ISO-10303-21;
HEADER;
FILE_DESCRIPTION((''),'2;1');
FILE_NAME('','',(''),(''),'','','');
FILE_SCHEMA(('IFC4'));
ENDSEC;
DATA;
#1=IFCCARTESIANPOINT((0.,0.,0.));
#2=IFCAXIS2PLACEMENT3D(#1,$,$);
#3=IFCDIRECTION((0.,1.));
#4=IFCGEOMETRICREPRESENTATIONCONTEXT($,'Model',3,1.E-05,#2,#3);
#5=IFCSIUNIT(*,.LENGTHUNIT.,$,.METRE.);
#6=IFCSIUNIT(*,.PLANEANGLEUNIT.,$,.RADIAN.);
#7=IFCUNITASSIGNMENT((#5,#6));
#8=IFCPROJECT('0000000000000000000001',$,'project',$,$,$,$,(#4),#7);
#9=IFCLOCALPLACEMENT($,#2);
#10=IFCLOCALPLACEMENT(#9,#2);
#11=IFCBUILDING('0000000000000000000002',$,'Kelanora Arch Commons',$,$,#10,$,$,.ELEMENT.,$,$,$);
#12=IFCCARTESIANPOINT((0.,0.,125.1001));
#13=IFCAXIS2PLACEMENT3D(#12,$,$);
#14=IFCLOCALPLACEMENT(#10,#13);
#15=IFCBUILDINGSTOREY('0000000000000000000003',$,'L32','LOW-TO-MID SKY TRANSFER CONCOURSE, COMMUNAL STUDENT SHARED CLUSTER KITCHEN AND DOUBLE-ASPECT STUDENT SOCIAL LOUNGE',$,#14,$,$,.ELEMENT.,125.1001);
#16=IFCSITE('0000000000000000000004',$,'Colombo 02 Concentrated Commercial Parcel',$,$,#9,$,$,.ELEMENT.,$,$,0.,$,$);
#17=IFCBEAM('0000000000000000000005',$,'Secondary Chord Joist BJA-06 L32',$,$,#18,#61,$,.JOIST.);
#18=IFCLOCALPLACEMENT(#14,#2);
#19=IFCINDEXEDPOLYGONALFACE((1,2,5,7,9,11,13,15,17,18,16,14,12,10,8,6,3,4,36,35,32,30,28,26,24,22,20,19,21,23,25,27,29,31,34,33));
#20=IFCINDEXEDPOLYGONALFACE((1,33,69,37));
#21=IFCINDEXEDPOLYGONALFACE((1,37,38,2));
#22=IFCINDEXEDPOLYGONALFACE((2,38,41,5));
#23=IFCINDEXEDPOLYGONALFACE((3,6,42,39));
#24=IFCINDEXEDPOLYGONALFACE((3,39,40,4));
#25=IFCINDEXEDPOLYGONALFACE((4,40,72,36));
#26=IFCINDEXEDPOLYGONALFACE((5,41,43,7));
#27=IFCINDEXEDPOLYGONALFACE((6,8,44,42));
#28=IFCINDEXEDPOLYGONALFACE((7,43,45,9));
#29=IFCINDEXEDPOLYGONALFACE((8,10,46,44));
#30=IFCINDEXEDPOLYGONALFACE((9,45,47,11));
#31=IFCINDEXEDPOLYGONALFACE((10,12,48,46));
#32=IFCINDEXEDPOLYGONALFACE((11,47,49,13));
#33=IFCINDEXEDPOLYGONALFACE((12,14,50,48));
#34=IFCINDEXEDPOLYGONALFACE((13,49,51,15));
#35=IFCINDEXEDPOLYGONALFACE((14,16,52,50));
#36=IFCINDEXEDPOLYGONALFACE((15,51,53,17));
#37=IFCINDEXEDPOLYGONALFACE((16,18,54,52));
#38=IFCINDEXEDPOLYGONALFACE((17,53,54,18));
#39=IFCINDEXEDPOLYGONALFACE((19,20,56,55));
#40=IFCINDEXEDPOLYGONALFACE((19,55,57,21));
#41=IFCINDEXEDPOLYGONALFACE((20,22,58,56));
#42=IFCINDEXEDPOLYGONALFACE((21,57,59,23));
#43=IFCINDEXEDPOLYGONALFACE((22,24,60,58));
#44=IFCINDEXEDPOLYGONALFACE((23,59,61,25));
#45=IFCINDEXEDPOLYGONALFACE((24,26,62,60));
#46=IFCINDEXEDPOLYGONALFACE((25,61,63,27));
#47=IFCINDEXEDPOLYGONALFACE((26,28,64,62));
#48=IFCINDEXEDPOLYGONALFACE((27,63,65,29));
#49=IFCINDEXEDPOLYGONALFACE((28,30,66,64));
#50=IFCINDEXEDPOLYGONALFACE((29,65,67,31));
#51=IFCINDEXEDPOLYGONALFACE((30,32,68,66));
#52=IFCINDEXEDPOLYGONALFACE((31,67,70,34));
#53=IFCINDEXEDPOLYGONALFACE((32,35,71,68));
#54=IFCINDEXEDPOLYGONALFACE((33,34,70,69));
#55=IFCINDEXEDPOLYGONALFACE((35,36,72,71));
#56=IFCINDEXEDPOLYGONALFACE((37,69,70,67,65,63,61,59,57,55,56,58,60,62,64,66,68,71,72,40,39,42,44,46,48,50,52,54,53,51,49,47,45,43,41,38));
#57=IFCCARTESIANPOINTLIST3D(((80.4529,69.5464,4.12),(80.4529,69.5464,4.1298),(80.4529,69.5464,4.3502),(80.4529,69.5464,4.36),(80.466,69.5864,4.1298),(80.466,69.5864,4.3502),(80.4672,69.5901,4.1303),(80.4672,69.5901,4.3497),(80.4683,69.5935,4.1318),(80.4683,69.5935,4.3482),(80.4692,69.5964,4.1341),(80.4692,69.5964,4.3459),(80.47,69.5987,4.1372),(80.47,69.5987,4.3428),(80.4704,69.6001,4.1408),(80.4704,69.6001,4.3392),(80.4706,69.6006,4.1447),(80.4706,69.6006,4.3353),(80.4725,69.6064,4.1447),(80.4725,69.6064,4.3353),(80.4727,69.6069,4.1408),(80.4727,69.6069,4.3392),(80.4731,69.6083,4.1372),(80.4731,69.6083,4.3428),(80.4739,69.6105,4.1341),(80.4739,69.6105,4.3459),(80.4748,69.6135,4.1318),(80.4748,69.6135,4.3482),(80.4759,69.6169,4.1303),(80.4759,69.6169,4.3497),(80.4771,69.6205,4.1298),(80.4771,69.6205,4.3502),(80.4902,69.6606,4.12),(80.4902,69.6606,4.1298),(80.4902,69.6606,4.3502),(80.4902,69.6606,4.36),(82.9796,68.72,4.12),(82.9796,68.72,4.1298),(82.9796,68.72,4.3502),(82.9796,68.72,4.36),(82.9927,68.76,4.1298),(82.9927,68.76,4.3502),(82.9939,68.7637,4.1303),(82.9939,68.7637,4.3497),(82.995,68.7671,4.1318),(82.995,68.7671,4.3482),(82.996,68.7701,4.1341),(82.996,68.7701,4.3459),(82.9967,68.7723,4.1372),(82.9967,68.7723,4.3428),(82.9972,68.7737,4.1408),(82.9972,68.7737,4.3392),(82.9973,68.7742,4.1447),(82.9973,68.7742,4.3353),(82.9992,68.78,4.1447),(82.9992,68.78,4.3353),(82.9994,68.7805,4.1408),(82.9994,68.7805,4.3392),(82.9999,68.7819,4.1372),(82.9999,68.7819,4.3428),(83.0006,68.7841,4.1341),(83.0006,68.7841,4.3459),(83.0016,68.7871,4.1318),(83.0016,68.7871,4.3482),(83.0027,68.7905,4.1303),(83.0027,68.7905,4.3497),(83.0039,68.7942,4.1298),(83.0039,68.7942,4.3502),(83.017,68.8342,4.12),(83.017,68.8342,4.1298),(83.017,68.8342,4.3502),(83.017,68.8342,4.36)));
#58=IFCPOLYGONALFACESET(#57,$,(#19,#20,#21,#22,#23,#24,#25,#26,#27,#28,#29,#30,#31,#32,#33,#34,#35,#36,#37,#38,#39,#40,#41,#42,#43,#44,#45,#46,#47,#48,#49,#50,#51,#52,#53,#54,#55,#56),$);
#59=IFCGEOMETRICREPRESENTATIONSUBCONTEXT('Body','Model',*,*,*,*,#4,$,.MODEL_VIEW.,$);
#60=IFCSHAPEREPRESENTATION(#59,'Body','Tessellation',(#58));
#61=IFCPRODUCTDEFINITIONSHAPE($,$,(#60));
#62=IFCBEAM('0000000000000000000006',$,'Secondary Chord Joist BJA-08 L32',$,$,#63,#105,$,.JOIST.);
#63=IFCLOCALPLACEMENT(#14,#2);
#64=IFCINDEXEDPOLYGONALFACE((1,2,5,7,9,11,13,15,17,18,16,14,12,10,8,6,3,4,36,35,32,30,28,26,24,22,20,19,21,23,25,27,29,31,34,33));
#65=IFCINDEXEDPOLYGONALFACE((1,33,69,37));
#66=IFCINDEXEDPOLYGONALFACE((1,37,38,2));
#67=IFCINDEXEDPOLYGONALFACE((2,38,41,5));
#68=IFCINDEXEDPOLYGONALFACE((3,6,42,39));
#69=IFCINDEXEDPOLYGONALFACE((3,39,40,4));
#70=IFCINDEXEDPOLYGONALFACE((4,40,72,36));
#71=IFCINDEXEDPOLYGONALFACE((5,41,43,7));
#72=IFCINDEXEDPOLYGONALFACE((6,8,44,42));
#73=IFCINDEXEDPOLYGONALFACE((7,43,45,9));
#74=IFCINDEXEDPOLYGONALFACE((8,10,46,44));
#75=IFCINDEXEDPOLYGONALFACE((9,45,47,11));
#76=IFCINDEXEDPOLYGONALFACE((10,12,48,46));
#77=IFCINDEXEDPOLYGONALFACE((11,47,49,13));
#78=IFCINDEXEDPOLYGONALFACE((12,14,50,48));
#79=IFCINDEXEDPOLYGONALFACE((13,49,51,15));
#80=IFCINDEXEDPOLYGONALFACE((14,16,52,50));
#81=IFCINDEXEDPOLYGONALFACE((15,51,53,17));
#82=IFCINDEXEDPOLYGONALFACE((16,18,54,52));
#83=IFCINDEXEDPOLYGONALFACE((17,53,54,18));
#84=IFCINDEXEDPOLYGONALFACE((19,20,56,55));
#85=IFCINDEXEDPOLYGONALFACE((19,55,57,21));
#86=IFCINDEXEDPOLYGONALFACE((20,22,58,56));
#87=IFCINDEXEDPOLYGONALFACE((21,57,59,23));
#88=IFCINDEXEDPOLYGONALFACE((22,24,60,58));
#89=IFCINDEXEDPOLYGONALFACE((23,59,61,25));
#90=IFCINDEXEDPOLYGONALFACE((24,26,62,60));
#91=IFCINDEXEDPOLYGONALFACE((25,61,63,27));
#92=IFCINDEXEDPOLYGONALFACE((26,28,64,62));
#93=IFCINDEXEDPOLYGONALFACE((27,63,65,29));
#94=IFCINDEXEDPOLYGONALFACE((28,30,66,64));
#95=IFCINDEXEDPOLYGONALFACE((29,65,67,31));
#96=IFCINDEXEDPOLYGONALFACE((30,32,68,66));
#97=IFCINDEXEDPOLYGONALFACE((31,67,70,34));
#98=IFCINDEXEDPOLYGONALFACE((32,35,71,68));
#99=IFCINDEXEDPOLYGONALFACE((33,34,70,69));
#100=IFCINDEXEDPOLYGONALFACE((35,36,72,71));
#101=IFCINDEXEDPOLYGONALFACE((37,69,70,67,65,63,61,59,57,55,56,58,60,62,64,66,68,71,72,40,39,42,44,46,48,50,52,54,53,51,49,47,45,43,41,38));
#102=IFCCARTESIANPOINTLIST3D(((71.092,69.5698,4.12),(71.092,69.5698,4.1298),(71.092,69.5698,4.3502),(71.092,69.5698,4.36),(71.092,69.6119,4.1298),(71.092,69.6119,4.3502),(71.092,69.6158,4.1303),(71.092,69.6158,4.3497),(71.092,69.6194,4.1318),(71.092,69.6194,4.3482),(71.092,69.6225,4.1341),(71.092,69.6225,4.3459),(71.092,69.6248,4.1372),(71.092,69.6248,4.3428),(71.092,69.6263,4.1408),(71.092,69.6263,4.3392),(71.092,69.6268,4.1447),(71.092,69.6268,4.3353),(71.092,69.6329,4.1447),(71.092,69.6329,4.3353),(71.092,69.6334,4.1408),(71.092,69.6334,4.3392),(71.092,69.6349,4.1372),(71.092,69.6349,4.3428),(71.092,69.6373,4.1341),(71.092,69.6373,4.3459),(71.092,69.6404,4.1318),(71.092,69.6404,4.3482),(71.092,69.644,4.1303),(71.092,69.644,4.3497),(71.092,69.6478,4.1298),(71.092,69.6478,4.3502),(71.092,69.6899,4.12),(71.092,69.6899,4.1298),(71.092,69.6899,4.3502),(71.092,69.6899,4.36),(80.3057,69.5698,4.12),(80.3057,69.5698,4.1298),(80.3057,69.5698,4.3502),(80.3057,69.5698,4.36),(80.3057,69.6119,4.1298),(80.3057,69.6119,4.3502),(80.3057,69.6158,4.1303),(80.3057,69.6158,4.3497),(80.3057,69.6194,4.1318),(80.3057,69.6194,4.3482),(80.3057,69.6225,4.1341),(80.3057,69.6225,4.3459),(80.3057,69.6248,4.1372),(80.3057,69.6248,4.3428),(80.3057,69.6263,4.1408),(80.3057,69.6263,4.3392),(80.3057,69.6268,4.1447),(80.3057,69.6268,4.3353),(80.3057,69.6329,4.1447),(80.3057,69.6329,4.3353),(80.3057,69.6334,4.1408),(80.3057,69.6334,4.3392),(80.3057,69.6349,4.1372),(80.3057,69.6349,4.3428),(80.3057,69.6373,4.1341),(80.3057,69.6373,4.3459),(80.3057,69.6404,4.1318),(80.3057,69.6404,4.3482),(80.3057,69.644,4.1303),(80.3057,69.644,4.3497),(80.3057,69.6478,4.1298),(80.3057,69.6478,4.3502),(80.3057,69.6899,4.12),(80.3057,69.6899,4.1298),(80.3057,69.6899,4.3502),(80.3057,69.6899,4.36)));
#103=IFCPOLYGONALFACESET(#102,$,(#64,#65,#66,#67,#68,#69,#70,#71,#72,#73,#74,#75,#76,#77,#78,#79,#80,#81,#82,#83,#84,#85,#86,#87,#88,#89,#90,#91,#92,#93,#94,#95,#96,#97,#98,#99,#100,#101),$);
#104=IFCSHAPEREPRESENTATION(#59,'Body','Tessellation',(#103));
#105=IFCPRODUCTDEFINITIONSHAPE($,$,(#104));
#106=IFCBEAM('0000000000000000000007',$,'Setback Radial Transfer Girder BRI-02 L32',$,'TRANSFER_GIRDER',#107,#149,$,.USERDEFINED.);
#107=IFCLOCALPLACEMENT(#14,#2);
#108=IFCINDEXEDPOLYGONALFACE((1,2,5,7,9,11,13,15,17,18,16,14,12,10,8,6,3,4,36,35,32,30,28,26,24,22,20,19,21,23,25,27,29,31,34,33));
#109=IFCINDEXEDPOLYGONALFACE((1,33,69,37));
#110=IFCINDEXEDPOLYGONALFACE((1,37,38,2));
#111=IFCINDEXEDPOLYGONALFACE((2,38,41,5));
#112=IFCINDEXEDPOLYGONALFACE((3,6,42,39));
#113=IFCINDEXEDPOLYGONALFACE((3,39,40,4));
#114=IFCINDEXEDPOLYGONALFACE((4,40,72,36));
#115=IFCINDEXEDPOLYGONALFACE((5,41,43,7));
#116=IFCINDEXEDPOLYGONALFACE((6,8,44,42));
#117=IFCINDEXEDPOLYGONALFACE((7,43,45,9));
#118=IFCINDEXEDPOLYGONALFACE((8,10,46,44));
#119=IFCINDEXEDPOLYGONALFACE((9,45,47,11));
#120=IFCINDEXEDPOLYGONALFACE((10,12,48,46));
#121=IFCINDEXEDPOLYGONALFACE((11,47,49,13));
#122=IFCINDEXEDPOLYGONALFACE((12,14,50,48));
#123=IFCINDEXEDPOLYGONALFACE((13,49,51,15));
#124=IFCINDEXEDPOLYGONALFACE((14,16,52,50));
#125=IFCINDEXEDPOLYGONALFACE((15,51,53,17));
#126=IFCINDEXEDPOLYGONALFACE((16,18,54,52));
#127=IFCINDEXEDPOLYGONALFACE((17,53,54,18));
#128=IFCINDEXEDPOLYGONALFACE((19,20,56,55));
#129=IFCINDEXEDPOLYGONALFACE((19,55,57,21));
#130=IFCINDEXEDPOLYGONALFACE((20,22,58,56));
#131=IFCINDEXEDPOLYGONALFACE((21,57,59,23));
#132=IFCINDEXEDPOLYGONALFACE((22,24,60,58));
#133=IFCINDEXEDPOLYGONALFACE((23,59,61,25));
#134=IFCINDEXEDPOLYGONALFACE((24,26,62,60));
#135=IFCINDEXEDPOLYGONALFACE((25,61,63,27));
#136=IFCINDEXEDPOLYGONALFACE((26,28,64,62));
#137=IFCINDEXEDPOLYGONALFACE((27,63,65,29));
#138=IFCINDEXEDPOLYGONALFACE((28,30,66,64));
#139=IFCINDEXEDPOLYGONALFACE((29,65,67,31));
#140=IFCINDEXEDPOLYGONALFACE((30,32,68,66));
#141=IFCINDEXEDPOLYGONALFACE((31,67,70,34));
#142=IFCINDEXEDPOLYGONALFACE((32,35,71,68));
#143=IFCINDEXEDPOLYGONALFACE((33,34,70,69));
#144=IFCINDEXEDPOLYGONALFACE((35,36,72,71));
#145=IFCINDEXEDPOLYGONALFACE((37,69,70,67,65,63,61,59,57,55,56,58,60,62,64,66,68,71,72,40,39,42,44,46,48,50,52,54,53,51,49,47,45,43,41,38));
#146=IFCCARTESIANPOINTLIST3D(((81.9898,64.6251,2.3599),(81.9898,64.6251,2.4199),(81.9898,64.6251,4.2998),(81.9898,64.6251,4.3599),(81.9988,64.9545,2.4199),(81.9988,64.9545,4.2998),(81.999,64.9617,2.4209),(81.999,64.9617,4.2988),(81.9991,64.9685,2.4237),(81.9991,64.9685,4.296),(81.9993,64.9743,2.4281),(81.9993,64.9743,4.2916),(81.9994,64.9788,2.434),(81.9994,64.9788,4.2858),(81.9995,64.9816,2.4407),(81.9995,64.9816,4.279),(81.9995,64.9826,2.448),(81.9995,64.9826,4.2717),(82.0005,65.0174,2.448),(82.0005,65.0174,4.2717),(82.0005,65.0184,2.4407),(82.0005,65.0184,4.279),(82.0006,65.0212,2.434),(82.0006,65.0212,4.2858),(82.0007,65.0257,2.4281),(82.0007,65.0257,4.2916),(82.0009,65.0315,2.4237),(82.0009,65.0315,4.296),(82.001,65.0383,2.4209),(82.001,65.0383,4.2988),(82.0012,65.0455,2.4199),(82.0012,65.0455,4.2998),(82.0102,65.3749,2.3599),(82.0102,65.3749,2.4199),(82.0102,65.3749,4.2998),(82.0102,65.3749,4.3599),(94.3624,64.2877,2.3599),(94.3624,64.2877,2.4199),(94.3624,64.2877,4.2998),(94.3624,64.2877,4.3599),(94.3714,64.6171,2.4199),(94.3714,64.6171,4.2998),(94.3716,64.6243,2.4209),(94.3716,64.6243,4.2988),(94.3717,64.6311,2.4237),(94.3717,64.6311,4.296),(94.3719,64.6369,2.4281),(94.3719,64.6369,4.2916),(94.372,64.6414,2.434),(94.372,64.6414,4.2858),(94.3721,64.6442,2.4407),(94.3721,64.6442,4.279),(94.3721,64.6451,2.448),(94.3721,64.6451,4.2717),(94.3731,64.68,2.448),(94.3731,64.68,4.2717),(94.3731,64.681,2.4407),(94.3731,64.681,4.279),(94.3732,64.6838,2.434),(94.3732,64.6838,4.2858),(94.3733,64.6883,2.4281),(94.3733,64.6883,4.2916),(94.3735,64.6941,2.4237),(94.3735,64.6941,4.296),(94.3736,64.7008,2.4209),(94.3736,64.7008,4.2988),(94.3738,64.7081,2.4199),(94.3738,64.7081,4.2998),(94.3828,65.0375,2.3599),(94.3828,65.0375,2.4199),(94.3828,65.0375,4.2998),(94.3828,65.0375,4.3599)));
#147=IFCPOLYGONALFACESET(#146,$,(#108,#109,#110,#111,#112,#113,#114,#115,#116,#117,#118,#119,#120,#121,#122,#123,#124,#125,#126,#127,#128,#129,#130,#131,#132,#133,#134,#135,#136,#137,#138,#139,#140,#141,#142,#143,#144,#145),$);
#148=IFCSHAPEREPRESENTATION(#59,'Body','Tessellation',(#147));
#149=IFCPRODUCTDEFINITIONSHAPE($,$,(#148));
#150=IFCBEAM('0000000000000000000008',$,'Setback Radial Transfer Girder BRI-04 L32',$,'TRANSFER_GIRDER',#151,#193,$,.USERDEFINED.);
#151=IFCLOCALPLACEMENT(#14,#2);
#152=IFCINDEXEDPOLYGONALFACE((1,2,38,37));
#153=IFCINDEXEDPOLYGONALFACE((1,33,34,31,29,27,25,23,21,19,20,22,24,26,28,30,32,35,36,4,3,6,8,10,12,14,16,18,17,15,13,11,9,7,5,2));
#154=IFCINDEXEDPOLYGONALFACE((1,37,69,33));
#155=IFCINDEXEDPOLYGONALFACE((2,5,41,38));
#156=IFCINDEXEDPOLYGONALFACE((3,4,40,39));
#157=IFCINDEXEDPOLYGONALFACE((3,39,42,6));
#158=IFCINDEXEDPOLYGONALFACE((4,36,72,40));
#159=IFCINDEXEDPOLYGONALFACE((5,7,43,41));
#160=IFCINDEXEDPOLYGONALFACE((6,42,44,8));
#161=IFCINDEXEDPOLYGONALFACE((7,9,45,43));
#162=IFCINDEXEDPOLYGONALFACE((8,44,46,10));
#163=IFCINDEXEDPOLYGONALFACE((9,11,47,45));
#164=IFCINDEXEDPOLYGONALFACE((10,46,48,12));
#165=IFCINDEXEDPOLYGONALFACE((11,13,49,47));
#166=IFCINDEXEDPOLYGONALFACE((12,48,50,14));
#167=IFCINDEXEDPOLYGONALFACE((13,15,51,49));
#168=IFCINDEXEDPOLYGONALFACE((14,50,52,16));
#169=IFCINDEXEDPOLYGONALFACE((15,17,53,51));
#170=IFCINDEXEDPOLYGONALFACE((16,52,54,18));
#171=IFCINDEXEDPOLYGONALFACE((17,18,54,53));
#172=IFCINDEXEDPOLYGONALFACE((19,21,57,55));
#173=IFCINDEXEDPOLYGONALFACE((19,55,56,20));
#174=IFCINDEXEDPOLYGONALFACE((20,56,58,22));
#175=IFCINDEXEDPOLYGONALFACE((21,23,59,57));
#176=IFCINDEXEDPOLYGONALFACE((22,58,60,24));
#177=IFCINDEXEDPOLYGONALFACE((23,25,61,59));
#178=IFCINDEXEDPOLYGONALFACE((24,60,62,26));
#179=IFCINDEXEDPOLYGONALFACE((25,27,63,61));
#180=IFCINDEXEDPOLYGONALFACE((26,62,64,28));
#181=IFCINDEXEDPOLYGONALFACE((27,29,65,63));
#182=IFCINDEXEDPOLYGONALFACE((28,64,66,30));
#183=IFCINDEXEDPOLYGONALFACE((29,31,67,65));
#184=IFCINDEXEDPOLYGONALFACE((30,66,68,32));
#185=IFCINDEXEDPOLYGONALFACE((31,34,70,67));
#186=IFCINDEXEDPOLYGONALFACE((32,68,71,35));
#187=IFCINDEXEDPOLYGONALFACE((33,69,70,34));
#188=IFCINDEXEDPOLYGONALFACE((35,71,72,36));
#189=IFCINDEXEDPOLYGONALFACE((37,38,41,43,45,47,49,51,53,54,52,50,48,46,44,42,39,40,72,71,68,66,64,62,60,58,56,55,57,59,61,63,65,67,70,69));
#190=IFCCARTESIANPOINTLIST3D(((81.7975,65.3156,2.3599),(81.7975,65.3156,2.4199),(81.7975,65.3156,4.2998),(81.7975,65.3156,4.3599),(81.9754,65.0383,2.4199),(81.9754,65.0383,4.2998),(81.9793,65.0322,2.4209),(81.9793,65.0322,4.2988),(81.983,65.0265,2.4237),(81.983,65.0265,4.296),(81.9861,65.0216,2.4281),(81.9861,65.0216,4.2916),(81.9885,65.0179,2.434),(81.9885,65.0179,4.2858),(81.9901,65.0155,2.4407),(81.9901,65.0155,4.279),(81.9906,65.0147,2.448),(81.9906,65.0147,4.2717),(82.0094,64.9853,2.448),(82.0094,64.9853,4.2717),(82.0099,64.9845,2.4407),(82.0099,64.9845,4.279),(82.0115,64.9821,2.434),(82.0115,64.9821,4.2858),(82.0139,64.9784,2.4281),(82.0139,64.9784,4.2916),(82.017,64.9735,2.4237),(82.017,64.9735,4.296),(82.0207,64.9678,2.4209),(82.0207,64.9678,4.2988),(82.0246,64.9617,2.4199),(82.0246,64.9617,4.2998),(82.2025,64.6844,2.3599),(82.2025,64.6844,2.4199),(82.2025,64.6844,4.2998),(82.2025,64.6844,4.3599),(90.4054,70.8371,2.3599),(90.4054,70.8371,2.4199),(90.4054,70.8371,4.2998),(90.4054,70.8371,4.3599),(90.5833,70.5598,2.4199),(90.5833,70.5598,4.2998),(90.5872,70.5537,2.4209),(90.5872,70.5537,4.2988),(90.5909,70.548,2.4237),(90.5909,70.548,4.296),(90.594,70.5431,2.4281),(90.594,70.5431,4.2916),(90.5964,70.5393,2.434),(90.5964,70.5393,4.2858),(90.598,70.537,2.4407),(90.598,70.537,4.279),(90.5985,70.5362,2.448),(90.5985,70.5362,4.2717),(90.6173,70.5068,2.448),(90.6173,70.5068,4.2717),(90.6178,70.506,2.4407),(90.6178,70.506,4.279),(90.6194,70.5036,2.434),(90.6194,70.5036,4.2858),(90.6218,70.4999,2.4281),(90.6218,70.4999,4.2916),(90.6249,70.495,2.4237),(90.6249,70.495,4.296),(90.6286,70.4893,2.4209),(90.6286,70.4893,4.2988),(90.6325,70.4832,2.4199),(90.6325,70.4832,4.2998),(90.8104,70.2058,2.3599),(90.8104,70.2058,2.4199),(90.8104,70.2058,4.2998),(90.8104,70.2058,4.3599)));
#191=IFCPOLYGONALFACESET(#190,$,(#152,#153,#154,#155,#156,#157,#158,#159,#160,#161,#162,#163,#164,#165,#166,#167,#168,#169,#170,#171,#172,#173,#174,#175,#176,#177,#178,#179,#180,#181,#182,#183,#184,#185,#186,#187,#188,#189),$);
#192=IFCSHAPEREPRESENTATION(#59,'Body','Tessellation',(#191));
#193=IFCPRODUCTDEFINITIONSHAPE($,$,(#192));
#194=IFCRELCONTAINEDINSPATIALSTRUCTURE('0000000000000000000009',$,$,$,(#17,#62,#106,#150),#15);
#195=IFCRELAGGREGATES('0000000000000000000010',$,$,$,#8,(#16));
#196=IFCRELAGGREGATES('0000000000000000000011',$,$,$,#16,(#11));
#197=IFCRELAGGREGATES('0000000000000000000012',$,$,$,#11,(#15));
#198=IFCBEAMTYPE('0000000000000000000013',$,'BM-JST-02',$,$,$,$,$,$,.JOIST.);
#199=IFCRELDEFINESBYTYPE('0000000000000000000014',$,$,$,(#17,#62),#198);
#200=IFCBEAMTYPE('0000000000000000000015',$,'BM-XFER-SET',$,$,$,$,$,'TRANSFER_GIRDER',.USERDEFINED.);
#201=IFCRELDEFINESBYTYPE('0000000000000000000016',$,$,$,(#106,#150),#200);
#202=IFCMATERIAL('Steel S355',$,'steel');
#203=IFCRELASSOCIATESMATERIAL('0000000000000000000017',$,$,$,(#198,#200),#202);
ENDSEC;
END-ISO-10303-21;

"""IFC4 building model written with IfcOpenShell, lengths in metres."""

from ifc_helpers import new_model, si_unit, direction, frame, origin, origin_2d, place, context, subcontext, project, spatial, i_section, extrude, material, material_profile, profile_set, type_object, element, save


model = new_model("IFC4")

# Units and contexts
model_context = context("Model", 3, precision=1e-05, world=origin(), true_north=direction((0.0, 1.0)))
body_context = subcontext(model_context, "Body", "Model", "MODEL_VIEW")
ifc_project = project(units=[si_unit("LENGTHUNIT", "METRE"), si_unit("PLANEANGLEUNIT", "RADIAN")], contexts=[model_context])

# Site, building, storey
site_placement = place(None, origin())
site = spatial("IfcSite", under=ifc_project, at=site_placement, Name="Colombo 02 Concentrated Commercial Parcel", CompositionType="ELEMENT", RefElevation=0.0)
building_placement = place(site_placement, origin())
building = spatial("IfcBuilding", under=site, at=building_placement, Name="Kelanora Arch Commons", CompositionType="ELEMENT")
storey_placement = place(building_placement, frame((0.0, 0.0, 125.1001)))
storey = spatial("IfcBuildingStorey", under=building, at=storey_placement, Name="L32", Description="LOW-TO-MID SKY TRANSFER CONCOURSE, COMMUNAL STUDENT SHARED CLUSTER KITCHEN AND DOUBLE-ASPECT STUDENT SOCIAL LOUNGE", CompositionType="ELEMENT", Elevation=125.1001)

# Beams
ifc_material_1 = material(Name="Steel S355", Category="steel")
ifc_material_profile_1 = material_profile(ifc_material_1, i_section(OverallWidth=0.1201, OverallDepth=0.24, WebThickness=0.0061, FlangeThickness=0.0098, FilletRadius=0.0149, at=origin_2d()), Name="IPE240")
ifc_profile_set_1 = profile_set([ifc_material_profile_1], Name="Steel S355")
beam_type_1 = type_object("IfcBeamType", Name="BM-JST-02", PredefinedType="JOIST", material=ifc_profile_set_1)
beam_1_placement = place(storey_placement, frame((82.9983, 68.7771, 4.24), z_axis=(-0.950459, 0.310851, 0.0), x_axis=(-0.310851, -0.950459, 0.0)))
element("IfcBeam", 1, at=beam_1_placement, inside=storey, type_object=beam_type_1, Name="Secondary Chord Joist BJA-06 L32", PredefinedType="JOIST", context=body_context, shape_type="SweptSolid", body=[
    extrude(i_section(OverallWidth=0.1201, OverallDepth=0.24, WebThickness=0.0061, FlangeThickness=0.0098, FilletRadius=0.0149, at=origin_2d()), origin(), (0.0, 0.0, 1.0), 2.6584),
])
beam_2_placement = place(storey_placement, frame((80.3057, 69.6299, 4.24), z_axis=(-1.0, 0.0, 0.0), x_axis=(0.0, -1.0, 0.0)))
element("IfcBeam", 2, at=beam_2_placement, inside=storey, type_object=beam_type_1, Name="Secondary Chord Joist BJA-08 L32", PredefinedType="JOIST", context=body_context, shape_type="SweptSolid", body=[
    extrude(i_section(OverallWidth=0.1201, OverallDepth=0.24, WebThickness=0.0061, FlangeThickness=0.0098, FilletRadius=0.0149, at=origin_2d()), origin(), (0.0, 0.0, 1.0), 9.2136),
])
ifc_material_profile_2 = material_profile(ifc_material_1, i_section(OverallWidth=0.75, OverallDepth=2.0, WebThickness=0.0349, FlangeThickness=0.0601, FilletRadius=0.0281, at=origin_2d()), Name="PG2000x750")
ifc_profile_set_2 = profile_set([ifc_material_profile_2], Name="Steel S355")
beam_type_2 = type_object("IfcBeamType", Name="BM-XFER-SET", ElementType="TRANSFER_GIRDER", PredefinedType="USERDEFINED", material=ifc_profile_set_2)
beam_3_placement = place(storey_placement, frame((82.0, 65.0, 3.3599), z_axis=(0.999628, -0.02726, 0.0), x_axis=(0.02726, 0.999628, 0.0)))
element("IfcBeam", 3, at=beam_3_placement, inside=storey, type_object=beam_type_2, Name="Setback Radial Transfer Girder BRI-02 L32", ObjectType="TRANSFER_GIRDER", PredefinedType="USERDEFINED", context=body_context, shape_type="SweptSolid", body=[
    extrude(i_section(OverallWidth=0.75, OverallDepth=2.0, WebThickness=0.0349, FlangeThickness=0.0601, FilletRadius=0.0281, at=origin_2d()), origin(), (0.0, 0.0, 1.0), 12.3772),
])
beam_4_placement = place(storey_placement, frame((82.0, 65.0, 3.3599), z_axis=(0.841719, 0.539915, 0.0), x_axis=(-0.539915, 0.841719, 0.0)))
element("IfcBeam", 4, at=beam_4_placement, inside=storey, type_object=beam_type_2, Name="Setback Radial Transfer Girder BRI-04 L32", ObjectType="TRANSFER_GIRDER", PredefinedType="USERDEFINED", context=body_context, shape_type="SweptSolid", body=[
    extrude(i_section(OverallWidth=0.75, OverallDepth=2.0, WebThickness=0.0349, FlangeThickness=0.0601, FilletRadius=0.0281, at=origin_2d()), origin(), (0.0, 0.0, 1.0), 10.2266),
])

save(model, "model.ifc")
